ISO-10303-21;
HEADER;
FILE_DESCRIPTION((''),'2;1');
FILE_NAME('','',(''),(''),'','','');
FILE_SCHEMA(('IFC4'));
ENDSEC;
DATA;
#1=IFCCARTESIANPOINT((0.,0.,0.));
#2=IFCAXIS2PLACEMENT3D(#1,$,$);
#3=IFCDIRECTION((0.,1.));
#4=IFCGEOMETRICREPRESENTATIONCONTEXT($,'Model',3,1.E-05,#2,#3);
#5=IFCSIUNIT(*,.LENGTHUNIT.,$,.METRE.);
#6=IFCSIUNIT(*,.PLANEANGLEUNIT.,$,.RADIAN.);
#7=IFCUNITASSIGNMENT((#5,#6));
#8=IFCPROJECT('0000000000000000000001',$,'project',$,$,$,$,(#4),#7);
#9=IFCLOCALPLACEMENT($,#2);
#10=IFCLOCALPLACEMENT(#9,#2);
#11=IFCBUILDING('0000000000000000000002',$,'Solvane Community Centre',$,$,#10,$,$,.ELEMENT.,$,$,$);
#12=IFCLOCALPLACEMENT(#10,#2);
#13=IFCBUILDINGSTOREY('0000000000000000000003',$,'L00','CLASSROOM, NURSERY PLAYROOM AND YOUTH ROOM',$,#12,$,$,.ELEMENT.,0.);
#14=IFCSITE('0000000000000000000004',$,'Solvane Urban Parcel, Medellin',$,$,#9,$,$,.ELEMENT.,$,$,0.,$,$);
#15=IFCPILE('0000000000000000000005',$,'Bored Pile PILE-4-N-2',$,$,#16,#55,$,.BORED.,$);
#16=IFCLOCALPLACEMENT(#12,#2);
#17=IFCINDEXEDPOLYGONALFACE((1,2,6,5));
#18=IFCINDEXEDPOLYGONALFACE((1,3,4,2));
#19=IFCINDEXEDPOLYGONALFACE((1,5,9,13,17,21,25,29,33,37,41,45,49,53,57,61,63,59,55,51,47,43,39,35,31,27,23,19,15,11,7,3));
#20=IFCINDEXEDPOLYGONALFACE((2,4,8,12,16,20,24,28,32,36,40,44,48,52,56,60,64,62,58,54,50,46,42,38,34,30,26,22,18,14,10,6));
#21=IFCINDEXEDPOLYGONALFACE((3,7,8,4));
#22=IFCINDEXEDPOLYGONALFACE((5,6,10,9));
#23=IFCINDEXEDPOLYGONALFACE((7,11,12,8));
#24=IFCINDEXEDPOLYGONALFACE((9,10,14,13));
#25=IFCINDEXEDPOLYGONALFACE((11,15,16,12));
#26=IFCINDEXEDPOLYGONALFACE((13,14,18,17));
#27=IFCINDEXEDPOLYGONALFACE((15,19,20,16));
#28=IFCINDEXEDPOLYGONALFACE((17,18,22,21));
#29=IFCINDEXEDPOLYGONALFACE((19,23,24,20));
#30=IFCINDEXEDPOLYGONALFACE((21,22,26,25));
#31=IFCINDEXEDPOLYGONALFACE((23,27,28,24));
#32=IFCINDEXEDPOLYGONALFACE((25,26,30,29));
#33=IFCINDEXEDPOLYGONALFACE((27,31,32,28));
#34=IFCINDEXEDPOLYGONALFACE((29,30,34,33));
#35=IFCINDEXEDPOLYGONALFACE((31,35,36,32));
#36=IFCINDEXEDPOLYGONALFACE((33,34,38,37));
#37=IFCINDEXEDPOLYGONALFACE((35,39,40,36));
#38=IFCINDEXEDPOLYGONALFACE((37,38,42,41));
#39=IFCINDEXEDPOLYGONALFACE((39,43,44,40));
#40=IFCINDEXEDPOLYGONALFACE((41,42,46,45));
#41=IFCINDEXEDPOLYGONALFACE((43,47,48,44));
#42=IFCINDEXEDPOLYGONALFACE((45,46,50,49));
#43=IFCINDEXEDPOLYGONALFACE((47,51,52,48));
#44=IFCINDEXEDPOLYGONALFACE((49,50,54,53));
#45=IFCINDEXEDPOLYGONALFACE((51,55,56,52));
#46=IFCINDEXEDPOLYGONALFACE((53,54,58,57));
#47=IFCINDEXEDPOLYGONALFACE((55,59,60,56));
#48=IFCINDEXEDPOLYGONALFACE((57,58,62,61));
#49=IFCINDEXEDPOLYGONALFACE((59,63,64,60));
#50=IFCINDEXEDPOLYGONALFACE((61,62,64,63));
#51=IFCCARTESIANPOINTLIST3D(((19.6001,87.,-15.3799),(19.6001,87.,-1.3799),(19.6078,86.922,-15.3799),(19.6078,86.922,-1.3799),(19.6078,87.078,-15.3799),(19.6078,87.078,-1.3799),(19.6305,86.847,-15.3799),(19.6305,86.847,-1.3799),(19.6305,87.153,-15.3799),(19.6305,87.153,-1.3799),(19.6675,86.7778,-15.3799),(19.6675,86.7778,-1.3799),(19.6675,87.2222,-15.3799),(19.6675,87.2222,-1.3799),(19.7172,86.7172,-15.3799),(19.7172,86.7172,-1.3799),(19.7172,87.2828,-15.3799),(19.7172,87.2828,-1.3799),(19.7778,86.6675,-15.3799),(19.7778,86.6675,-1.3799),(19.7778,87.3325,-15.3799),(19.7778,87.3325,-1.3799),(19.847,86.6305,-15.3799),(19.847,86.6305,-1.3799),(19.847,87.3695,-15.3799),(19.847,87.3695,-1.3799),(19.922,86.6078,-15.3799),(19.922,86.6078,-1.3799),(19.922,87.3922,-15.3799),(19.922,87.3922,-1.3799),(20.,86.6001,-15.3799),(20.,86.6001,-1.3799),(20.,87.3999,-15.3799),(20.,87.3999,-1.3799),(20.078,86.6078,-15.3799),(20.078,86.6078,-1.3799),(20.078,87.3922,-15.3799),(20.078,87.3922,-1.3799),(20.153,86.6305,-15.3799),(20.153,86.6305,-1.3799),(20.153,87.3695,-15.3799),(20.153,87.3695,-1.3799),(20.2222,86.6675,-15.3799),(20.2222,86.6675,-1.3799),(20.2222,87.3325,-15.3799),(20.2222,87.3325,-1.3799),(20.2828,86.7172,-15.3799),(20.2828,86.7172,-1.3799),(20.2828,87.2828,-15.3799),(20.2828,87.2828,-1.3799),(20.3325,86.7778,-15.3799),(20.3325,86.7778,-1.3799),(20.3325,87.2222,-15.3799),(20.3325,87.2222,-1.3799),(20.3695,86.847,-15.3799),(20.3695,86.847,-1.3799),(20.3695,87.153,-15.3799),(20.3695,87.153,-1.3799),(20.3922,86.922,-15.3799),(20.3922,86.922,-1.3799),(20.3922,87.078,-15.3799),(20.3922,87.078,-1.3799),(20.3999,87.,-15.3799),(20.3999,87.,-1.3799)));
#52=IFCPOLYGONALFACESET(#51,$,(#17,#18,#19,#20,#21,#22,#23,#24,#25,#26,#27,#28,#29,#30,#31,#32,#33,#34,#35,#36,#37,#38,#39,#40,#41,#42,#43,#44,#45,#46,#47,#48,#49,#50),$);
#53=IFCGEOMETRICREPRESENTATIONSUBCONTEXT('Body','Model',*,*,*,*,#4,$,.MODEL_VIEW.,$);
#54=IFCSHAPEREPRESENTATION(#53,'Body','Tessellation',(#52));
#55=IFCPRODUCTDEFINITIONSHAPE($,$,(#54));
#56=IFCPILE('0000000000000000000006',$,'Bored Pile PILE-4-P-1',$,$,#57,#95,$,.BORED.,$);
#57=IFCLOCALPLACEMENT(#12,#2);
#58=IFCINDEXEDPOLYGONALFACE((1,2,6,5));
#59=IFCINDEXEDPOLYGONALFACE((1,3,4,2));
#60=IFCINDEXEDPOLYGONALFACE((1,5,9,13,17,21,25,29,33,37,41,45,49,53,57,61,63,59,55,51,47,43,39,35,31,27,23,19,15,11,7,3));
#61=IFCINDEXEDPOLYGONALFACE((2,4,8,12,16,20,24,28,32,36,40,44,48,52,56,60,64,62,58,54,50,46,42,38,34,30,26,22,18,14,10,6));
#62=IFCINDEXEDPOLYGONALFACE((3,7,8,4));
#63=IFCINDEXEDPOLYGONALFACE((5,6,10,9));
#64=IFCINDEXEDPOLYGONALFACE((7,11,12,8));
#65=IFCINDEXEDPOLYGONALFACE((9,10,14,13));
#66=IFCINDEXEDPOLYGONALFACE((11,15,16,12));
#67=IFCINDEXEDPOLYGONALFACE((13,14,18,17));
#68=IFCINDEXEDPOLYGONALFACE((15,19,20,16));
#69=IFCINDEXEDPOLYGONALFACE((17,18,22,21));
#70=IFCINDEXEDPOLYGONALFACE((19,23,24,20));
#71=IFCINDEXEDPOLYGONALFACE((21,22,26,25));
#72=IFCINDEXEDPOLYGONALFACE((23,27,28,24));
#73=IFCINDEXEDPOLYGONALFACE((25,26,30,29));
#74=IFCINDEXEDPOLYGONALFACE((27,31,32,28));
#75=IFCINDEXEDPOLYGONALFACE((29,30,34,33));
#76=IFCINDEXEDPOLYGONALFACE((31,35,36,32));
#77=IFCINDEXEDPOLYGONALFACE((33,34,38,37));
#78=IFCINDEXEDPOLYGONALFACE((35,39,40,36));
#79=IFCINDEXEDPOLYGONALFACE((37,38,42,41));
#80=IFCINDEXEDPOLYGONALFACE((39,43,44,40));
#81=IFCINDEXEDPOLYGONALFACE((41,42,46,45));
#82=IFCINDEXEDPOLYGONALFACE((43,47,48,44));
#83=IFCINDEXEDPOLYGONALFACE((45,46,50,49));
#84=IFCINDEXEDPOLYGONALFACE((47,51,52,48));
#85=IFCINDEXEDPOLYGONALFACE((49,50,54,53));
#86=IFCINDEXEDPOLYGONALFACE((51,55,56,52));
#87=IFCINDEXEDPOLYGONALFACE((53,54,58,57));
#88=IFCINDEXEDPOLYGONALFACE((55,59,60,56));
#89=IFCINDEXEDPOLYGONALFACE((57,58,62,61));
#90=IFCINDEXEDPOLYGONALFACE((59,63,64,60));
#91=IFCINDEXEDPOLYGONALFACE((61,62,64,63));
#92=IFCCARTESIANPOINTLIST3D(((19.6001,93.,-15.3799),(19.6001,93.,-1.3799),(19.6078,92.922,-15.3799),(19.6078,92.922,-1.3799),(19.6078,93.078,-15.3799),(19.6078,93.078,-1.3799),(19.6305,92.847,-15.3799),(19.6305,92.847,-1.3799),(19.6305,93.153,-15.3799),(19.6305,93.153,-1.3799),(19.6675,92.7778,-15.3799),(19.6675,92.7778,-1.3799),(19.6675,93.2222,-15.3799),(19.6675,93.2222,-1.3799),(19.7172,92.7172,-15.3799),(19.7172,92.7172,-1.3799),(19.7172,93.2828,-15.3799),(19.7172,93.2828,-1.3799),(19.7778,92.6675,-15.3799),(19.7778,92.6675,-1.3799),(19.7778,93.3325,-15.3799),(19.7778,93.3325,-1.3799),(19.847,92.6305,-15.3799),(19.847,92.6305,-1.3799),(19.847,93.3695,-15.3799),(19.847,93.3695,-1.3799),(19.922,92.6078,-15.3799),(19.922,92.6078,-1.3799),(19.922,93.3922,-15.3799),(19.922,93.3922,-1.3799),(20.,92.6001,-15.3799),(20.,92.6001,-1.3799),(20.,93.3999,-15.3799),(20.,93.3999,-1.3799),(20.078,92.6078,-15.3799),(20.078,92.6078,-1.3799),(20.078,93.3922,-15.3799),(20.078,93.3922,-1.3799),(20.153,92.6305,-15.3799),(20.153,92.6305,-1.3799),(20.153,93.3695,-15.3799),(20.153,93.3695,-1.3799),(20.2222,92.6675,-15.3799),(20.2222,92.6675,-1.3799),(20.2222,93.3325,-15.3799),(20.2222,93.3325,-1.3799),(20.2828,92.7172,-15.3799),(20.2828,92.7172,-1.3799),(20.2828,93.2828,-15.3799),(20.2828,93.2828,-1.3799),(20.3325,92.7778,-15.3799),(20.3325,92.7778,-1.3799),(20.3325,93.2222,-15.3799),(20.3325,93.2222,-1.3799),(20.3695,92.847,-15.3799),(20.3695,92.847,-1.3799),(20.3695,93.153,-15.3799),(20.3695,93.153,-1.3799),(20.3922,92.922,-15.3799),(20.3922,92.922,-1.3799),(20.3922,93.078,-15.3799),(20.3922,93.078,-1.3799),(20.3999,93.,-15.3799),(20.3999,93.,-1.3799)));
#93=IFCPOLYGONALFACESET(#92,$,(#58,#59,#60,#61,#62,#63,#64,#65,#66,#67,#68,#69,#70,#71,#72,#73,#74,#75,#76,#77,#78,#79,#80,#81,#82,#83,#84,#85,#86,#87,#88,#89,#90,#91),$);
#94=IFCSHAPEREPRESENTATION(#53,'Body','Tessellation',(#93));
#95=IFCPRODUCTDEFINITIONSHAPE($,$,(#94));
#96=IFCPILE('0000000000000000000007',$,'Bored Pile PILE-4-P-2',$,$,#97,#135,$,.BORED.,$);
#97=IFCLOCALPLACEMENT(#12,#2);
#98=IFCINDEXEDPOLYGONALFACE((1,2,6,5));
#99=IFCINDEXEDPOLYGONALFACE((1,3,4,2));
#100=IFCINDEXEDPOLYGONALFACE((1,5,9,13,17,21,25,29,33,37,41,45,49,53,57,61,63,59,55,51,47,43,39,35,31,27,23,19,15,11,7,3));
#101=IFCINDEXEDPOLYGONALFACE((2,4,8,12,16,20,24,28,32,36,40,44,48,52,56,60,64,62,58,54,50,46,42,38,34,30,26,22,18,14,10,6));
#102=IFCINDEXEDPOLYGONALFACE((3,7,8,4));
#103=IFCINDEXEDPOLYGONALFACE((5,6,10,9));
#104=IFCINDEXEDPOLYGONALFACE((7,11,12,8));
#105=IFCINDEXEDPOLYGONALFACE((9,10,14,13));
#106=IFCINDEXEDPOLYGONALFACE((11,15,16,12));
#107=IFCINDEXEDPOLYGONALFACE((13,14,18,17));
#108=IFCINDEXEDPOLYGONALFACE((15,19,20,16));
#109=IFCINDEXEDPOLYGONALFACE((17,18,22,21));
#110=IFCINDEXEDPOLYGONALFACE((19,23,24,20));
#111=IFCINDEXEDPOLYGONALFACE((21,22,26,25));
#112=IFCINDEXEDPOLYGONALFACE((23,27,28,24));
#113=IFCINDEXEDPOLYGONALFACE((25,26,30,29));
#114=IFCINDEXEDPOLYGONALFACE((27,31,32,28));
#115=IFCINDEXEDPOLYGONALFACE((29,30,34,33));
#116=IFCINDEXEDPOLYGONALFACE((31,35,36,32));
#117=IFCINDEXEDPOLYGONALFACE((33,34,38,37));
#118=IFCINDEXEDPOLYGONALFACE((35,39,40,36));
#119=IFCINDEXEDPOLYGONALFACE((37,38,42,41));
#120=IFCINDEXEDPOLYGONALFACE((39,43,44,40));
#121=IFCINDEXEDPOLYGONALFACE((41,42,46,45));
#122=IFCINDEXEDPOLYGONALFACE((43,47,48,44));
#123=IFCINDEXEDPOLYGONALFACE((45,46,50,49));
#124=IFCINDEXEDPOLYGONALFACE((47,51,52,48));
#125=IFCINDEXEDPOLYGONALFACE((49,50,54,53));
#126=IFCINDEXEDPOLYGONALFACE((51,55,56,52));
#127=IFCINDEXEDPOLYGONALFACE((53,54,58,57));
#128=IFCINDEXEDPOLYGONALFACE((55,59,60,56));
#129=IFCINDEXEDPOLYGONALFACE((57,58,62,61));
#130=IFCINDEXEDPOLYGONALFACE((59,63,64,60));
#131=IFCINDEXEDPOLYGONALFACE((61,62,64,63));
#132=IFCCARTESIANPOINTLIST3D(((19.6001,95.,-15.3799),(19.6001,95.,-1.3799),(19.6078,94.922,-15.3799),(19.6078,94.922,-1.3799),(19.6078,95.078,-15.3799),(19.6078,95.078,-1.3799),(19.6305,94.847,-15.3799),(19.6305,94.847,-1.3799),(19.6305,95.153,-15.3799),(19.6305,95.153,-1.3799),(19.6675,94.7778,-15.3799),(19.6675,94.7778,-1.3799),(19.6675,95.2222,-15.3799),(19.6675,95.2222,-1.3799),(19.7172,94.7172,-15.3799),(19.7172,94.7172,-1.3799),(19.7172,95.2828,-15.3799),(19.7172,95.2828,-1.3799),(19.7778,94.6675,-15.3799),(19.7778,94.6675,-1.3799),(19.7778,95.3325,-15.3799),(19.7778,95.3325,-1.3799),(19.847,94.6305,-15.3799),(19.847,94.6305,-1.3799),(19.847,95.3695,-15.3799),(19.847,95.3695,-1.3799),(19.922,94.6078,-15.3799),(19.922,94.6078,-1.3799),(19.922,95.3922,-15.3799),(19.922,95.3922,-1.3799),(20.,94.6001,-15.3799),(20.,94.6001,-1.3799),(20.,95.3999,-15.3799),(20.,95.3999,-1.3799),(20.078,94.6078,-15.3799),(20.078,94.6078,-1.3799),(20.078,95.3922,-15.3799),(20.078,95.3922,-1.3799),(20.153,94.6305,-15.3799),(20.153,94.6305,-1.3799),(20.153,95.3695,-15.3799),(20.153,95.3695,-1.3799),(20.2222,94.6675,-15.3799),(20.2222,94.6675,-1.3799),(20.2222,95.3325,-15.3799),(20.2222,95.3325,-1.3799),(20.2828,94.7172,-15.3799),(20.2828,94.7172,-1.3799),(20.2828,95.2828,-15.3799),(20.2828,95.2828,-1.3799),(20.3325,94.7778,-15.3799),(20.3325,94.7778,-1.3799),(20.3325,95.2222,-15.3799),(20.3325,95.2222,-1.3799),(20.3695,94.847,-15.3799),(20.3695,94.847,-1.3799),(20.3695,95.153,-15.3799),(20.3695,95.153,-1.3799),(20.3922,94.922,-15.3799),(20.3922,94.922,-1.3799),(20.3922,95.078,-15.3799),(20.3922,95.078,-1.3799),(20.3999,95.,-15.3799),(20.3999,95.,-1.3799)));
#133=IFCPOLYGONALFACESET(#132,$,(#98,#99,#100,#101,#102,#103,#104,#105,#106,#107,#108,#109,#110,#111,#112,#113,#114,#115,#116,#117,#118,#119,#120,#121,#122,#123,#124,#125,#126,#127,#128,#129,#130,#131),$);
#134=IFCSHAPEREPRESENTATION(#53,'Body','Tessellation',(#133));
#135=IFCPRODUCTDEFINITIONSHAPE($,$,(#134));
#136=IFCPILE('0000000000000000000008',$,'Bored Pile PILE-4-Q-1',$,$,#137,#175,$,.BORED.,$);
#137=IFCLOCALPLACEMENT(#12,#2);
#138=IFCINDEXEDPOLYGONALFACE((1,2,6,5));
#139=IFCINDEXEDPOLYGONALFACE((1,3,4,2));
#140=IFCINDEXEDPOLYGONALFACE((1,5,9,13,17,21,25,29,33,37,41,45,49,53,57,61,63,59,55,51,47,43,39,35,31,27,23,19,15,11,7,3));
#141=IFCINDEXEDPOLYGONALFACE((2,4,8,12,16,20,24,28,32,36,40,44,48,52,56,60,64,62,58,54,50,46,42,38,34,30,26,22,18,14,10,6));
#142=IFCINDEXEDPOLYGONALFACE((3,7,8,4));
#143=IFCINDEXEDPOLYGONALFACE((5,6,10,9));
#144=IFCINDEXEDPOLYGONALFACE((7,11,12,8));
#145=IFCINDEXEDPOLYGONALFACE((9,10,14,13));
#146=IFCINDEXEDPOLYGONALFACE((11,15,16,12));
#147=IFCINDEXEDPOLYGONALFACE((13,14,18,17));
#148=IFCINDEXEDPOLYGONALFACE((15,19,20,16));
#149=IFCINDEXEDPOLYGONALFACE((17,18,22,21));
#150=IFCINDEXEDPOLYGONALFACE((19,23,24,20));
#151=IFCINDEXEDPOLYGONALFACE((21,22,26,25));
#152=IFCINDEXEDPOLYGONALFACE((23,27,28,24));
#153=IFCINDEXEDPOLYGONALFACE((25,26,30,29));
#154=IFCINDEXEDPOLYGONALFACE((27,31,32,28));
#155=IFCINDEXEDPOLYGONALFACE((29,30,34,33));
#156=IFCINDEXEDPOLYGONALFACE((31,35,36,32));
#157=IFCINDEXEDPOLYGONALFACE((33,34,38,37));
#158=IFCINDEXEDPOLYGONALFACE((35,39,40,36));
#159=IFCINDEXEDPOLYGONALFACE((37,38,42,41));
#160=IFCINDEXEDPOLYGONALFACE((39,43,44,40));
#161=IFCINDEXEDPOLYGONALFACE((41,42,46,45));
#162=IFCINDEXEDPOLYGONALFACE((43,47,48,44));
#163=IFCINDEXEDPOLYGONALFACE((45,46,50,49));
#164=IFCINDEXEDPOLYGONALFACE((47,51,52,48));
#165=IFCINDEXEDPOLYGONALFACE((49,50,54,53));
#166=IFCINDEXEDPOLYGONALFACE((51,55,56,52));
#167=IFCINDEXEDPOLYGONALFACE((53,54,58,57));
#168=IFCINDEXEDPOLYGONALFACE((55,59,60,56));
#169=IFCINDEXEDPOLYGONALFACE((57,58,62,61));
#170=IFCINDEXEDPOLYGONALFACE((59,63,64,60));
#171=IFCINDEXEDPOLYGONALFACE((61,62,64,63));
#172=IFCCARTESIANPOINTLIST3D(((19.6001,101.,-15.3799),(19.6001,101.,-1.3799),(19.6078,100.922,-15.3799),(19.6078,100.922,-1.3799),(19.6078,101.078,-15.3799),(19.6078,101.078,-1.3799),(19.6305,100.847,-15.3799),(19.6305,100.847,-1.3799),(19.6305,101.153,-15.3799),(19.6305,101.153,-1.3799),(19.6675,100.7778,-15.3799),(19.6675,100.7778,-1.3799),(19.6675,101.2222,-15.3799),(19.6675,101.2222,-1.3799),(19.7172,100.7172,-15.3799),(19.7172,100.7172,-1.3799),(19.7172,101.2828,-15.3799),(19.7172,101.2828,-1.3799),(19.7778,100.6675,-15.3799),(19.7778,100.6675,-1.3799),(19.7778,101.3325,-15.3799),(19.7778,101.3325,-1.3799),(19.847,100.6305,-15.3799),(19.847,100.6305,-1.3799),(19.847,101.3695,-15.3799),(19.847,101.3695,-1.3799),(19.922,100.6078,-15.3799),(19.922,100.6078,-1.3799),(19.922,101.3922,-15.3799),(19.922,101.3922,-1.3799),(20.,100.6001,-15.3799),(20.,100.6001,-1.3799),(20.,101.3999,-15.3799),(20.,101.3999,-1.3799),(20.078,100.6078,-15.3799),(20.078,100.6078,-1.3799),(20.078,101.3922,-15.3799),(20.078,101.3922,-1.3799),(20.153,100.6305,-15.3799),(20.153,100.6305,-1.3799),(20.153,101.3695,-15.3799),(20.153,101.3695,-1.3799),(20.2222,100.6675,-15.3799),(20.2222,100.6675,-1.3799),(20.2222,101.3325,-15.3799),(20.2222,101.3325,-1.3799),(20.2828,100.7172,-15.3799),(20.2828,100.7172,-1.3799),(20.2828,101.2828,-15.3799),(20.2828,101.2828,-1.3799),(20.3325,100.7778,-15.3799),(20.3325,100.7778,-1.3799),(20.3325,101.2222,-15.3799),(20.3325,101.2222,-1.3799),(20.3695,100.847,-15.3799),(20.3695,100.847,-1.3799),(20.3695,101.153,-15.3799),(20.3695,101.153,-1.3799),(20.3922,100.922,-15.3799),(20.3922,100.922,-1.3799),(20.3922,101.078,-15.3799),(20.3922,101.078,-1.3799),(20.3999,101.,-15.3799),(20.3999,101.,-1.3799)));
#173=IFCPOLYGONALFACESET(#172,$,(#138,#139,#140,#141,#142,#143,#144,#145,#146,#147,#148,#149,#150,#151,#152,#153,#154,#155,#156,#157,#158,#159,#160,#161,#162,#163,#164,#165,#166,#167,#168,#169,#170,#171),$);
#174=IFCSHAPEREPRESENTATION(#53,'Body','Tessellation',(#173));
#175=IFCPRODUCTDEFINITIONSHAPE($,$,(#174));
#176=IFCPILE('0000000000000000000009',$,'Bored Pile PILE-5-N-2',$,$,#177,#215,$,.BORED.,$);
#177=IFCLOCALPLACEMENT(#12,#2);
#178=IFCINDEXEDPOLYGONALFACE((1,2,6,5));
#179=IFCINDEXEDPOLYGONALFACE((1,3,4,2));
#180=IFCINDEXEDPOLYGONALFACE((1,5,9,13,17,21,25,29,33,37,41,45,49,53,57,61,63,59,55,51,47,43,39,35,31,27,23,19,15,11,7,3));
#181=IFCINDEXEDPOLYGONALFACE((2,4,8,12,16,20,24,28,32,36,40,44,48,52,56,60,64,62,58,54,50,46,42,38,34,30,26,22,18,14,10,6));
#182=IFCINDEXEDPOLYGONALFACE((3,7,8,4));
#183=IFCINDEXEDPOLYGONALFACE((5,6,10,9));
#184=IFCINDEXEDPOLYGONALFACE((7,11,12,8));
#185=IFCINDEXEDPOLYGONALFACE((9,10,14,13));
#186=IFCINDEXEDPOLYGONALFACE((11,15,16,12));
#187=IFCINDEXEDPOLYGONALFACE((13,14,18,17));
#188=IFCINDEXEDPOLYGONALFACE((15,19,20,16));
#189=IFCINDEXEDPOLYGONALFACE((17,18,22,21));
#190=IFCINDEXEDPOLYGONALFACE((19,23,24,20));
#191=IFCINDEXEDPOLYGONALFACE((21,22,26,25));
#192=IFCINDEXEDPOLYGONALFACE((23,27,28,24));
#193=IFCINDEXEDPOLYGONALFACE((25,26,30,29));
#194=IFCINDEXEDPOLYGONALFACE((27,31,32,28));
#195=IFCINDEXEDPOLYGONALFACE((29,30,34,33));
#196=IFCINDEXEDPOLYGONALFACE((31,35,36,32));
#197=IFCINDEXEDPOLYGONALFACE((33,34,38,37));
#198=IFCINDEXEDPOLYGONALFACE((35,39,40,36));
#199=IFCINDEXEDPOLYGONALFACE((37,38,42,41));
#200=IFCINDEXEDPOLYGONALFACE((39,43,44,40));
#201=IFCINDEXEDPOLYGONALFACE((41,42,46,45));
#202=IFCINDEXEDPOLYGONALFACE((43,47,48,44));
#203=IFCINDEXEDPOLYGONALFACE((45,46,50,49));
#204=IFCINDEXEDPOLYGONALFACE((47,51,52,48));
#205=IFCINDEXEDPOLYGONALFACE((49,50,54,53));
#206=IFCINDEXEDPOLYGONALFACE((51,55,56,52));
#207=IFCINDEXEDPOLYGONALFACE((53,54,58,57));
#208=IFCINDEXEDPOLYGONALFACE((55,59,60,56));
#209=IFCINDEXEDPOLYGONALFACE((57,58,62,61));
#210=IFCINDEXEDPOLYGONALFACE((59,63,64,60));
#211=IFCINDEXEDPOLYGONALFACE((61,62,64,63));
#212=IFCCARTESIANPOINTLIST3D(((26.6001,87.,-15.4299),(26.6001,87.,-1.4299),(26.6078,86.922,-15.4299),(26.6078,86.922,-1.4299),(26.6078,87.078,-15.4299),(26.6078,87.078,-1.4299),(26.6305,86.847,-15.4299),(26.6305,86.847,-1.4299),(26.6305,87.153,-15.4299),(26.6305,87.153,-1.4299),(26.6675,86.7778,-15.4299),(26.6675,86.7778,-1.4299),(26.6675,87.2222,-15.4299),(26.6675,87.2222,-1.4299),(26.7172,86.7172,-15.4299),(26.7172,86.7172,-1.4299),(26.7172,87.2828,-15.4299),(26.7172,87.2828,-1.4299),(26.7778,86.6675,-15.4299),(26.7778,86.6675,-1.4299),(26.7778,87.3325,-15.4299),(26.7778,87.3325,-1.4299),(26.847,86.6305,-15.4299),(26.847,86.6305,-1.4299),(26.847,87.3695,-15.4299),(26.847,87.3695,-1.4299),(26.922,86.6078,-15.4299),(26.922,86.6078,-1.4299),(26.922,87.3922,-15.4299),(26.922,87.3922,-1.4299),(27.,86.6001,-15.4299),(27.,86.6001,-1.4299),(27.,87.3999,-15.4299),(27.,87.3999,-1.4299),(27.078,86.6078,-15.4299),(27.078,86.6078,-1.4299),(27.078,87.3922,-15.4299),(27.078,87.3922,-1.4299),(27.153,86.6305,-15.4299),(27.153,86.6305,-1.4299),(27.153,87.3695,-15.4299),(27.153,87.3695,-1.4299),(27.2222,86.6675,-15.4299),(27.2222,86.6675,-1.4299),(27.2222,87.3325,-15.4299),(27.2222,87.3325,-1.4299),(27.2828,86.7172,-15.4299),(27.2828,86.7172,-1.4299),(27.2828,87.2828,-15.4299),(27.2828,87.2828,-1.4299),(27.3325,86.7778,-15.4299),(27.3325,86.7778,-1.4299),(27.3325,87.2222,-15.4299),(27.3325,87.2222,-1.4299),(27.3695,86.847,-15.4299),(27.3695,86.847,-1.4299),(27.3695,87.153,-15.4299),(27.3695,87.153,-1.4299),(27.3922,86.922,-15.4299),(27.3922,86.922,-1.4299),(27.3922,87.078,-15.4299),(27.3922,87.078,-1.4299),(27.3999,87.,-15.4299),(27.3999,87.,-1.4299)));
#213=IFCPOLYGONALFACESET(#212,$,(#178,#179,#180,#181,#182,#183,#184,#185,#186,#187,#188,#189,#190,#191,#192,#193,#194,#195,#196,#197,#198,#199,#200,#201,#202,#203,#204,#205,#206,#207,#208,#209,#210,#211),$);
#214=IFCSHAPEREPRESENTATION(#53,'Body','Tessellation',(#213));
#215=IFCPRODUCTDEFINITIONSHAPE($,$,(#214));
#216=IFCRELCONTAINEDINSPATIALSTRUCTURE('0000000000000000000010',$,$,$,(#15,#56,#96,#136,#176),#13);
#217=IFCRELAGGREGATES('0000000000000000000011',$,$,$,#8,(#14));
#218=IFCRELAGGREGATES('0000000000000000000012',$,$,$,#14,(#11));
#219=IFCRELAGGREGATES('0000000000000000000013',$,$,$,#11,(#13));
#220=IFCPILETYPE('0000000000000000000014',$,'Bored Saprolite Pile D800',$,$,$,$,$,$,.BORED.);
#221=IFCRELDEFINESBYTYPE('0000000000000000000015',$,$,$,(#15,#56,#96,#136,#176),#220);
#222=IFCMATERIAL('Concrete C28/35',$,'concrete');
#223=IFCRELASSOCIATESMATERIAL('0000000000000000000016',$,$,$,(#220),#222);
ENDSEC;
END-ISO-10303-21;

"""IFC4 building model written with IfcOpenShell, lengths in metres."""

from ifc_helpers import new_model, si_unit, direction, frame, origin, origin_2d, place, context, subcontext, project, spatial, circle, extrude, material, material_profile, profile_set, type_object, element, save


model = new_model("IFC4")

# Units and contexts
model_context = context("Model", 3, precision=1e-05, world=origin(), true_north=direction((0.0, 1.0)))
body_context = subcontext(model_context, "Body", "Model", "MODEL_VIEW")
ifc_project = project(units=[si_unit("LENGTHUNIT", "METRE"), si_unit("PLANEANGLEUNIT", "RADIAN")], contexts=[model_context])

# Site, building, storey
site_placement = place(None, origin())
site = spatial("IfcSite", under=ifc_project, at=site_placement, Name="Solvane Urban Parcel, Medellin", CompositionType="ELEMENT", RefElevation=0.0)
building_placement = place(site_placement, origin())
building = spatial("IfcBuilding", under=site, at=building_placement, Name="Solvane Community Centre", CompositionType="ELEMENT")
storey_placement = place(building_placement, origin())
storey = spatial("IfcBuildingStorey", under=building, at=storey_placement, Name="L00", Description="CLASSROOM, NURSERY PLAYROOM AND YOUTH ROOM", CompositionType="ELEMENT", Elevation=0.0)

# Piles
ifc_material_1 = material(Name="Concrete C28/35", Category="concrete")
ifc_material_profile_1 = material_profile(ifc_material_1, circle(Radius=0.3999, at=origin_2d()), Name="PILE D800")
ifc_profile_set_1 = profile_set([ifc_material_profile_1], Name="Concrete C28/35")
pile_type = type_object("IfcPileType", Name="Bored Saprolite Pile D800", PredefinedType="BORED", material=ifc_profile_set_1)
for number, where, z_axis, x_axis, name in (
    (1, (20.0, 87.0, -1.3799), (0.0, 0.0, -1.0), (1.0, 0.0, 0.0), "Bored Pile PILE-4-N-2"),
    (2, (20.0, 93.0, -1.3799), (0.0, 0.0, -1.0), (1.0, 0.0, 0.0), "Bored Pile PILE-4-P-1"),
    (3, (20.0, 95.0, -1.3799), (0.0, 0.0, -1.0), (1.0, 0.0, 0.0), "Bored Pile PILE-4-P-2"),
    (4, (20.0, 101.0, -1.3799), (0.0, 0.0, -1.0), (1.0, 0.0, 0.0), "Bored Pile PILE-4-Q-1"),
    (5, (27.0, 87.0, -1.4299), (0.0, 0.0, -1.0), (1.0, 0.0, 0.0), "Bored Pile PILE-5-N-2"),
):
    element("IfcPile", number, at=place(storey_placement, frame(where, z_axis=z_axis, x_axis=x_axis)), inside=storey, type_object=pile_type, Name=name, PredefinedType="BORED", context=body_context, shape_type="SweptSolid", body=[
        extrude(circle(Radius=0.3999, at=origin_2d()), origin(), (0.0, 0.0, 1.0), 14.0),
    ])

save(model, "model.ifc")
